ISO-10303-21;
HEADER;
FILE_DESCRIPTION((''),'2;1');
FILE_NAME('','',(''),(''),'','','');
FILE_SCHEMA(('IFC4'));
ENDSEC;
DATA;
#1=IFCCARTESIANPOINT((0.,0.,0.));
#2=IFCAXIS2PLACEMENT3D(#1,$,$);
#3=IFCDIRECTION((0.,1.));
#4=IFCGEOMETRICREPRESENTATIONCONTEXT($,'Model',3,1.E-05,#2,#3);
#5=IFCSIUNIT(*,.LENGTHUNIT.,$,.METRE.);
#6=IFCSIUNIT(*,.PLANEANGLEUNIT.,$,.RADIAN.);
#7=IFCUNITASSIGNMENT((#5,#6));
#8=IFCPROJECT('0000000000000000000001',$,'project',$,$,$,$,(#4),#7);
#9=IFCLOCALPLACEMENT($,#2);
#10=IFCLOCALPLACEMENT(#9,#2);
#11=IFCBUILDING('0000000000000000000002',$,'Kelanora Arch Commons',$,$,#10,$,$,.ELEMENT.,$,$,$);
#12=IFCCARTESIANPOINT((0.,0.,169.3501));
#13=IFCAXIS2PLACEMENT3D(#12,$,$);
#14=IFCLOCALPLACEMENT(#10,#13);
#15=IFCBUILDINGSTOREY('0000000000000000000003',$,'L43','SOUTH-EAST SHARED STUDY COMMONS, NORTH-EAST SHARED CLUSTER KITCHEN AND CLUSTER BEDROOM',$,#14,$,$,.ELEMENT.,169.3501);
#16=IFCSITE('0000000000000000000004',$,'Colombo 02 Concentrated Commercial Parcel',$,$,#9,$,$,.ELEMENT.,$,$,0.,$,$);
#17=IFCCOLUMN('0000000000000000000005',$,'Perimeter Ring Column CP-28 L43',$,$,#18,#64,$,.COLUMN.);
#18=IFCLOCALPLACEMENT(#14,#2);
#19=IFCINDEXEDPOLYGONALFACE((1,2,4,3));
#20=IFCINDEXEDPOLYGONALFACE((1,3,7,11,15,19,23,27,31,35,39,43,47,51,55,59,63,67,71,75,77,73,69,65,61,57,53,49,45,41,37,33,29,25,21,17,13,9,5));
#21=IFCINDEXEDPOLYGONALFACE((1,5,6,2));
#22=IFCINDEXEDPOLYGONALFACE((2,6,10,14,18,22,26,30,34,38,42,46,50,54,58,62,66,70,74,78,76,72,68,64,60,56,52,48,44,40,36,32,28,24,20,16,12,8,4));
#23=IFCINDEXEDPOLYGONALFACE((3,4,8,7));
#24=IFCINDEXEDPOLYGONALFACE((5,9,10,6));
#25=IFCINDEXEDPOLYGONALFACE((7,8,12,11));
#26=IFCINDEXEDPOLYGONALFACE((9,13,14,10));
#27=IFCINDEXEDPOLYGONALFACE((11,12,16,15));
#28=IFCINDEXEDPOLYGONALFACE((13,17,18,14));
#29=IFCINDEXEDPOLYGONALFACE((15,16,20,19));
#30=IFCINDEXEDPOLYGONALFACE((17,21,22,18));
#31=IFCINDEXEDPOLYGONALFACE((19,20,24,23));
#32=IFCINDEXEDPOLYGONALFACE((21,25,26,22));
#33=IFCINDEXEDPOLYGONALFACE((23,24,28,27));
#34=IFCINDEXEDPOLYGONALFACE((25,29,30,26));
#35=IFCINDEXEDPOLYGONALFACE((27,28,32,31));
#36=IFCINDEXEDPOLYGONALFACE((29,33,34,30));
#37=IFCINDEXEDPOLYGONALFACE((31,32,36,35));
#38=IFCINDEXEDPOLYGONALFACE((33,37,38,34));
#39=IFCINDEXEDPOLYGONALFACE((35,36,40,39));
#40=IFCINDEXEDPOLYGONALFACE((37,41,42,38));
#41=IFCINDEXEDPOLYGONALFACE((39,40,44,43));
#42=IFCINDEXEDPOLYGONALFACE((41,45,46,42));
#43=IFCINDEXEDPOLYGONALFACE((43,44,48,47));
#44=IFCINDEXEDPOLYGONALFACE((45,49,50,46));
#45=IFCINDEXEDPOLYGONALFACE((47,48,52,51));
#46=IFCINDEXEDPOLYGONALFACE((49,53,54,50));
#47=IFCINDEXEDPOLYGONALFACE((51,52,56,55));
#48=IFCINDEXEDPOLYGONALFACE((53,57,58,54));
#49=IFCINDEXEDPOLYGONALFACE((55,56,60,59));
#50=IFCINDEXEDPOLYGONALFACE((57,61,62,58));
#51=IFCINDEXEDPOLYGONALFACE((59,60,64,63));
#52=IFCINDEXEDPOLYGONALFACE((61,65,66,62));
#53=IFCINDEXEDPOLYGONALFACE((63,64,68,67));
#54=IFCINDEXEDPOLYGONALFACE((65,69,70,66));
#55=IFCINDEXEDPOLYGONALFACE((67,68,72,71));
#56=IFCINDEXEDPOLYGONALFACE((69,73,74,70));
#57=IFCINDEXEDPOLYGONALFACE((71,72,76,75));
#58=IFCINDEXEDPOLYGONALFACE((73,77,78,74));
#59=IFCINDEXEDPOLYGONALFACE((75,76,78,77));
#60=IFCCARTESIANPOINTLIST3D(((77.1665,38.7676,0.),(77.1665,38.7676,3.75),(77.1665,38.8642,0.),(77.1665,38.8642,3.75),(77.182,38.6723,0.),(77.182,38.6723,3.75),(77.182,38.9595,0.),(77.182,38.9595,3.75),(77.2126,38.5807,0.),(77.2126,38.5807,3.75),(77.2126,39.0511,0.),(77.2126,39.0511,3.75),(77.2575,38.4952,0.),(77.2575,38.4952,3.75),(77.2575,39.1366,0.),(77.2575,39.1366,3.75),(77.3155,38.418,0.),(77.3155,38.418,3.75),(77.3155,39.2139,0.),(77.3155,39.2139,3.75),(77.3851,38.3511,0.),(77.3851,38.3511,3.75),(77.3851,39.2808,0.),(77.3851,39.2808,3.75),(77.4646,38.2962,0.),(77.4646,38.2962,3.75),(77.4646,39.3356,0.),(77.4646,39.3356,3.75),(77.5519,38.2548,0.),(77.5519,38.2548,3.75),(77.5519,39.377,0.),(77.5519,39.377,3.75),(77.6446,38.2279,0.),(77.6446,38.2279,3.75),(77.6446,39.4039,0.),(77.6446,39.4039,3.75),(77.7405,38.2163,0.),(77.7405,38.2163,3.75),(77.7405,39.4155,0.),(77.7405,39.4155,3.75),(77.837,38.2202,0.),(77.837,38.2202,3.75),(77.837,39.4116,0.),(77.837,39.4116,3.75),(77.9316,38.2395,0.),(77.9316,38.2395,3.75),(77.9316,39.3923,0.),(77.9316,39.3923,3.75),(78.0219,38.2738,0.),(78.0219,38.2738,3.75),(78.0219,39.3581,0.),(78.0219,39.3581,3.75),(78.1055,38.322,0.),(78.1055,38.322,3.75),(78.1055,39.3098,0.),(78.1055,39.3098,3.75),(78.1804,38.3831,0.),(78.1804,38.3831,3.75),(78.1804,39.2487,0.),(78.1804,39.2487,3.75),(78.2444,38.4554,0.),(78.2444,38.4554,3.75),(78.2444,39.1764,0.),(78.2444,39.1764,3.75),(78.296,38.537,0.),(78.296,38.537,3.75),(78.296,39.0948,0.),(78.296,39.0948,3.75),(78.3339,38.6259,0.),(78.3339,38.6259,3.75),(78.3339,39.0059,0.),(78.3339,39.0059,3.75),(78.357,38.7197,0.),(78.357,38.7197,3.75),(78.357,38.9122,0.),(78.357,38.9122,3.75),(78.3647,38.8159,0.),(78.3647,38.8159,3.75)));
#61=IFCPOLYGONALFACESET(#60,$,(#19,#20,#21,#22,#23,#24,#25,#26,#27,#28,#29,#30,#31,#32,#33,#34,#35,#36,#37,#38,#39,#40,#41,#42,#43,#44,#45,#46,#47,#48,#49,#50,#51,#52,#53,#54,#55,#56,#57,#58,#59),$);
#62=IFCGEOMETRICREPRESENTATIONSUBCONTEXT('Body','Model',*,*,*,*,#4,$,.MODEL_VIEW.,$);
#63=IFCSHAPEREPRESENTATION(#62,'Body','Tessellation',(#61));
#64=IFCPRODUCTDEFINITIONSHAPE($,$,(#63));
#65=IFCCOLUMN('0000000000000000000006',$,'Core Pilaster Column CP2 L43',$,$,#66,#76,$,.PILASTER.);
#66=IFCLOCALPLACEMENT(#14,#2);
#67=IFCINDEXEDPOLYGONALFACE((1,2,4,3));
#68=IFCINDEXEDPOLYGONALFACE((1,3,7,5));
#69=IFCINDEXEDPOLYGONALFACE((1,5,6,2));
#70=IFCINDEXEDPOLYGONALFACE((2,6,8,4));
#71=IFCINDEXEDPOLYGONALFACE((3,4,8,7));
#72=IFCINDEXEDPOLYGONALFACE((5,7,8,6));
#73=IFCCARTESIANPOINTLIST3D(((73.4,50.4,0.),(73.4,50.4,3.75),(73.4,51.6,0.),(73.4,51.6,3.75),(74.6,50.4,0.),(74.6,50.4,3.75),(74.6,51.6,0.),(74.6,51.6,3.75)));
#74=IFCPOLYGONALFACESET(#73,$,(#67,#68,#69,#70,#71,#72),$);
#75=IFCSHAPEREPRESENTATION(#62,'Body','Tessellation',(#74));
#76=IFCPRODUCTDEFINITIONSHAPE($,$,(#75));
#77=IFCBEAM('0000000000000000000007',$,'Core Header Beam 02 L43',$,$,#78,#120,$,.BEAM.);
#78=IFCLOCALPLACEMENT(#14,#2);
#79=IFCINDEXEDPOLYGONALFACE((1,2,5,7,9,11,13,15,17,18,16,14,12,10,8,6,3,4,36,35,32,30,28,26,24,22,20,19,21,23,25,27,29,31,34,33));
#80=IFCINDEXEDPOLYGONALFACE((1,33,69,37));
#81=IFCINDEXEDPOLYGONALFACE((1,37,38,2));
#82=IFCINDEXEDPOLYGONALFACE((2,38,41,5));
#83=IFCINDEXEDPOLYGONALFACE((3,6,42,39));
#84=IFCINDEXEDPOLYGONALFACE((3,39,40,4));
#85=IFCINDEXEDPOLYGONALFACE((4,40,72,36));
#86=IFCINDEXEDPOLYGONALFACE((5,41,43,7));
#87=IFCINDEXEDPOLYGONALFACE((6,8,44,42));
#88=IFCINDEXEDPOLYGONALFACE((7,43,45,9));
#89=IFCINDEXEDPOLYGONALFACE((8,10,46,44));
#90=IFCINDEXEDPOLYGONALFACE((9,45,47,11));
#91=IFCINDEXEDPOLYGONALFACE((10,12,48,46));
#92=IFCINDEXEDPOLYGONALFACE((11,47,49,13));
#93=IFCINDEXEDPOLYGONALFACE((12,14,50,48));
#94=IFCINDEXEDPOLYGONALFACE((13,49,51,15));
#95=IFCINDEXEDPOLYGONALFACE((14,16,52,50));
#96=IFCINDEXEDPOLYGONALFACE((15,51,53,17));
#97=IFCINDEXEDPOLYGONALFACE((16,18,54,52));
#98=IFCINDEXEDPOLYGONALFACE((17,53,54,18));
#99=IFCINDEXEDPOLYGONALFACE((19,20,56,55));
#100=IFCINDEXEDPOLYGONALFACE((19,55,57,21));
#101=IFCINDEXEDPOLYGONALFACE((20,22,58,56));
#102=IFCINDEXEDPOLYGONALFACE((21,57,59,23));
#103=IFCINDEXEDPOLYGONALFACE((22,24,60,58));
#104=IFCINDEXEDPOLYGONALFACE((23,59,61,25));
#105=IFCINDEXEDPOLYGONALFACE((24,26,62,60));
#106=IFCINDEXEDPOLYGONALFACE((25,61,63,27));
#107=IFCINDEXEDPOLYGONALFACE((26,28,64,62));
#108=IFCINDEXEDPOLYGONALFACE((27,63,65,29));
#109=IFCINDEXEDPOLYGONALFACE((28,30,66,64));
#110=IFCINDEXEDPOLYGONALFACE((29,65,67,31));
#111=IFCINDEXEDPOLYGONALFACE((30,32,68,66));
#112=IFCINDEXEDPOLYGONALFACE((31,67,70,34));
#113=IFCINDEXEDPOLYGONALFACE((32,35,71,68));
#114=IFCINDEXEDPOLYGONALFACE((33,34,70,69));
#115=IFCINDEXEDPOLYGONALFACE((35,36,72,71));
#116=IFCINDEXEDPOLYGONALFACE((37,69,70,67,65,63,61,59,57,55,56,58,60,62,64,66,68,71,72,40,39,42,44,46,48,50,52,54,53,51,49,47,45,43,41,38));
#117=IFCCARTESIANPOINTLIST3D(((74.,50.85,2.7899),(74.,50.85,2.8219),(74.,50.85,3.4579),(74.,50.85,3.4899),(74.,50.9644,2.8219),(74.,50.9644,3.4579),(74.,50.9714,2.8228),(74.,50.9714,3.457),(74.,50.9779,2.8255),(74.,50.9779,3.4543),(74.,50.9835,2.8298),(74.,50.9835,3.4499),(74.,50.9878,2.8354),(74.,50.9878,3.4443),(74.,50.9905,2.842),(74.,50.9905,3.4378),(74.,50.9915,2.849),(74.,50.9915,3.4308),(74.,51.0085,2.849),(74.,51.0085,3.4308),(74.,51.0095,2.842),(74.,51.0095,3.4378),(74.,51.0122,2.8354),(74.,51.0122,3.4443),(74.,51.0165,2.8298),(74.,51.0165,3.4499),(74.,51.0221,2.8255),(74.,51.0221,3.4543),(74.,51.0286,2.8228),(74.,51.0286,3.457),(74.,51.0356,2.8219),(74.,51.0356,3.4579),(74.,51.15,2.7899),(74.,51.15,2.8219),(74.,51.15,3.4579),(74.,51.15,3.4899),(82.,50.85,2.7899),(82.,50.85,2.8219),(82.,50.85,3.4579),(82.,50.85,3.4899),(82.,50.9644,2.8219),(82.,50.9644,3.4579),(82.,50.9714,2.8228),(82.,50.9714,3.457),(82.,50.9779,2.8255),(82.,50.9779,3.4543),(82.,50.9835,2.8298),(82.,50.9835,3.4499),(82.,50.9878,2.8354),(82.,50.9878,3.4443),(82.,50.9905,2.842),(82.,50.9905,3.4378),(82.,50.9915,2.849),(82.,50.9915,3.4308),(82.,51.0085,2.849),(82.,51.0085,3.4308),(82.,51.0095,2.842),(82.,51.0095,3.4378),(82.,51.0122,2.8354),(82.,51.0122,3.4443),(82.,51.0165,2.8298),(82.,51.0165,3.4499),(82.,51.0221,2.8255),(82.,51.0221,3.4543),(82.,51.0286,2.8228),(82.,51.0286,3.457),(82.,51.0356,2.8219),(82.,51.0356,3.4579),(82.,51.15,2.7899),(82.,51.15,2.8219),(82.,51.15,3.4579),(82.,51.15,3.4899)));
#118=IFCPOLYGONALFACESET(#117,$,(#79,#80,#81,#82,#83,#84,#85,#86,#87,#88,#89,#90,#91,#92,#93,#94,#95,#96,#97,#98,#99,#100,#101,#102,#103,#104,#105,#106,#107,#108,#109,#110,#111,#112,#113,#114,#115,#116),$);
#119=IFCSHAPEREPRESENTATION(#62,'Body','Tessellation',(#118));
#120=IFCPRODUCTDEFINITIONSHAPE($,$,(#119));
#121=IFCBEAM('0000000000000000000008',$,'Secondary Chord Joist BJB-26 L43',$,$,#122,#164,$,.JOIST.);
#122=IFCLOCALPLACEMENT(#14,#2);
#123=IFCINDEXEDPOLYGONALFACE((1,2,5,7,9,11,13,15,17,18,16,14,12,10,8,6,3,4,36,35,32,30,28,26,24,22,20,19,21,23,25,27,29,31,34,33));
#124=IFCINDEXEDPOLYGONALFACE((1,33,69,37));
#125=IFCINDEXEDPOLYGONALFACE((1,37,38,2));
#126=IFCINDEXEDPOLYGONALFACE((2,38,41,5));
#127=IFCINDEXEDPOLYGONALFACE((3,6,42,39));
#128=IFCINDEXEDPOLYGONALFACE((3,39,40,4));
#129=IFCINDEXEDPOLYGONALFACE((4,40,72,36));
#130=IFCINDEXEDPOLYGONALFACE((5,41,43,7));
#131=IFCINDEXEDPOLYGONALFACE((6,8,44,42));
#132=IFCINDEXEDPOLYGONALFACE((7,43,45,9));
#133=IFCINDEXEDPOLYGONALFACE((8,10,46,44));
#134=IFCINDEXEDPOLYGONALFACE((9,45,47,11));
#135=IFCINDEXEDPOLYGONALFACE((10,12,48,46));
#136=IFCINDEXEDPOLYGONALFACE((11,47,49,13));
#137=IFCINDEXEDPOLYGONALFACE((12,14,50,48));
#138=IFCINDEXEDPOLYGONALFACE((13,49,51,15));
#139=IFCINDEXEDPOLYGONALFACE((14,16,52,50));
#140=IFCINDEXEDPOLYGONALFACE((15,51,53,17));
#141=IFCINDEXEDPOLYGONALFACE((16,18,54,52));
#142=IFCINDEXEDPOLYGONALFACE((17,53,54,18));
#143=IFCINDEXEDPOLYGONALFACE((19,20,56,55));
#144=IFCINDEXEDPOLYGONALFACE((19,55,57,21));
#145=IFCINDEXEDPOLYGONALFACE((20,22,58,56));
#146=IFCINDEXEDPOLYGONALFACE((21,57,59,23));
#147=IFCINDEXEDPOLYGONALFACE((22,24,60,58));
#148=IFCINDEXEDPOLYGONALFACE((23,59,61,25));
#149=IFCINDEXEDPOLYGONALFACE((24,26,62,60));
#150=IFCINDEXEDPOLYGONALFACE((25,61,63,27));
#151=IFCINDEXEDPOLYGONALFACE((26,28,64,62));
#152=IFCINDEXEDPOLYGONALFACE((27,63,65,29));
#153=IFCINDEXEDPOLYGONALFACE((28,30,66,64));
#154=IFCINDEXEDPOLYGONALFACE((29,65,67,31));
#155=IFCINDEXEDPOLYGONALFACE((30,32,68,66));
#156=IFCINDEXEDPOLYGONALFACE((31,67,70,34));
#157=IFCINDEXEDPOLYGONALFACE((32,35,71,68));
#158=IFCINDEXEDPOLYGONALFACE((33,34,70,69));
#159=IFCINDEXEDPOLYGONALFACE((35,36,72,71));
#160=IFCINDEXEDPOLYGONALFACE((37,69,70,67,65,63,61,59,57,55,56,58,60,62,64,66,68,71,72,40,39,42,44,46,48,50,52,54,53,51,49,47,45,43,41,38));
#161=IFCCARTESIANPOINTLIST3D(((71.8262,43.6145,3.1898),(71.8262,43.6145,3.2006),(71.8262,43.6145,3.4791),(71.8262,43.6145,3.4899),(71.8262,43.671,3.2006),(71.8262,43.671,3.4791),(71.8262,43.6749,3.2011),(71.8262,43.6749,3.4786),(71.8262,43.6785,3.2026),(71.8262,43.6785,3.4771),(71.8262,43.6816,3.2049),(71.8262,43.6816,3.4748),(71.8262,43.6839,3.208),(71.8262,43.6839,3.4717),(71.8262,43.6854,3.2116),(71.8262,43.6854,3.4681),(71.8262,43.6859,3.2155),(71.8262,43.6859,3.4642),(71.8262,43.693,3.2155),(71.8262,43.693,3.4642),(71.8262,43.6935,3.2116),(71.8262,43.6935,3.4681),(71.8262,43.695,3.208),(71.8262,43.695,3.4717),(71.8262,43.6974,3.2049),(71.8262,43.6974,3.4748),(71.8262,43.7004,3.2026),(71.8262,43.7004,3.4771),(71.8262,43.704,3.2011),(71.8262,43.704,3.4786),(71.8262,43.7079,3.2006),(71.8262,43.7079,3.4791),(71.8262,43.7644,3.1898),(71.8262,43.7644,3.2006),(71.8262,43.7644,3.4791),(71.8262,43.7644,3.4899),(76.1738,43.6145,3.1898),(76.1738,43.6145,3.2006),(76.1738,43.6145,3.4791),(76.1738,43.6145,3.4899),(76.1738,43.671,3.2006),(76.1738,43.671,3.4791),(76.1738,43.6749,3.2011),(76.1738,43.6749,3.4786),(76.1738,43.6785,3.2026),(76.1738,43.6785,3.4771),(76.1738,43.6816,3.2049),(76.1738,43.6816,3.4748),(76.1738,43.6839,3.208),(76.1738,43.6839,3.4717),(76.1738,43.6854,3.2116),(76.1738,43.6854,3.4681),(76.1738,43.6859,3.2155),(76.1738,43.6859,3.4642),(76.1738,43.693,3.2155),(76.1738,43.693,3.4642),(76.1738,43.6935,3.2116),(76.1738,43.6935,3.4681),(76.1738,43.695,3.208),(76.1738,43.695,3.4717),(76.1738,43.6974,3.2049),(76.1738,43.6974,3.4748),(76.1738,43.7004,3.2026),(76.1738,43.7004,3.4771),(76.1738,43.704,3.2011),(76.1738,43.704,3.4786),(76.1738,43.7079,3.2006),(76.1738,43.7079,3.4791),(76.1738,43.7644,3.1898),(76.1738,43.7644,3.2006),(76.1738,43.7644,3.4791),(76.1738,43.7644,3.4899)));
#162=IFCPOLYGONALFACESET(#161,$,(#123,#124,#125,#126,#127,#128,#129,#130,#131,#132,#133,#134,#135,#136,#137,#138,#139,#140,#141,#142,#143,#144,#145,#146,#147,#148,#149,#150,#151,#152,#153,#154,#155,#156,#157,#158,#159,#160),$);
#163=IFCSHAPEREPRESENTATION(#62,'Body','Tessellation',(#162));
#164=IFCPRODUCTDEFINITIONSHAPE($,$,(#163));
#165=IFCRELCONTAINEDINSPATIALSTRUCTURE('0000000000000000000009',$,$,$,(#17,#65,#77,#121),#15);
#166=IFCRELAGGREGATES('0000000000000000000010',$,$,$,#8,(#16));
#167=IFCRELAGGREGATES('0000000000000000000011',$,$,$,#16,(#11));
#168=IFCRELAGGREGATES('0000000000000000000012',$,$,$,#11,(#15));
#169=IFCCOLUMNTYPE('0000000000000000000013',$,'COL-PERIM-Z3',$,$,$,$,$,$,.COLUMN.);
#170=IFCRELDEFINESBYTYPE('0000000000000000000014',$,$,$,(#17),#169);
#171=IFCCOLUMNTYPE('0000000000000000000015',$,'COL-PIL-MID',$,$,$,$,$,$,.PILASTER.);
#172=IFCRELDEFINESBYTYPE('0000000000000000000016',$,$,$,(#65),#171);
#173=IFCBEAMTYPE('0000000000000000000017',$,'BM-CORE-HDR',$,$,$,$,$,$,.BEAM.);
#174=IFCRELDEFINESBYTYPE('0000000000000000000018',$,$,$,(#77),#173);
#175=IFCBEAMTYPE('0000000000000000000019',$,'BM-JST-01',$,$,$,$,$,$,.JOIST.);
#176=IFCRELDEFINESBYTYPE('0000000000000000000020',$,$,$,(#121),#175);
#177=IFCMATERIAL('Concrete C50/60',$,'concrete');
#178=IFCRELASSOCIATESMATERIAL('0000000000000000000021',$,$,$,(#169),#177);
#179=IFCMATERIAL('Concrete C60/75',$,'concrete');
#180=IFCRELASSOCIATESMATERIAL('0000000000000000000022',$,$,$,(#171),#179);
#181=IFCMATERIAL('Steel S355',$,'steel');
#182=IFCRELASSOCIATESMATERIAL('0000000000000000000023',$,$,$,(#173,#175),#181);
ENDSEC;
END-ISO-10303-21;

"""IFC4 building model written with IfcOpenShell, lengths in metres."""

from ifc_helpers import new_model, si_unit, direction, frame, origin, origin_2d, place, context, subcontext, project, spatial, rectangle, circle, i_section, extrude, material, material_profile, profile_set, type_object, element, save


model = new_model("IFC4")

# Units and contexts
model_context = context("Model", 3, precision=1e-05, world=origin(), true_north=direction((0.0, 1.0)))
body_context = subcontext(model_context, "Body", "Model", "MODEL_VIEW")
ifc_project = project(units=[si_unit("LENGTHUNIT", "METRE"), si_unit("PLANEANGLEUNIT", "RADIAN")], contexts=[model_context])

# Site, building, storey
site_placement = place(None, origin())
site = spatial("IfcSite", under=ifc_project, at=site_placement, Name="Colombo 02 Concentrated Commercial Parcel", CompositionType="ELEMENT", RefElevation=0.0)
building_placement = place(site_placement, origin())
building = spatial("IfcBuilding", under=site, at=building_placement, Name="Kelanora Arch Commons", CompositionType="ELEMENT")
storey_placement = place(building_placement, frame((0.0, 0.0, 169.3501)))
storey = spatial("IfcBuildingStorey", under=building, at=storey_placement, Name="L43", Description="SOUTH-EAST SHARED STUDY COMMONS, NORTH-EAST SHARED CLUSTER KITCHEN AND CLUSTER BEDROOM", CompositionType="ELEMENT", Elevation=169.3501)

# Columns
ifc_material_1 = material(Name="Concrete C50/60", Category="concrete")
ifc_material_profile_1 = material_profile(ifc_material_1, circle(Radius=0.6001, at=origin_2d()), Name="RCC1200")
ifc_profile_set_1 = profile_set([ifc_material_profile_1], Name="Concrete C50/60")
column_type_1 = type_object("IfcColumnType", Name="COL-PERIM-Z3", PredefinedType="COLUMN", material=ifc_profile_set_1)
column_1_placement = place(storey_placement, frame((77.7646, 38.8159, 0.0), z_axis=(0.0, 0.0, 1.0), x_axis=(1.0, 0.0, 0.0)))
element("IfcColumn", 1, at=column_1_placement, inside=storey, type_object=column_type_1, Name="Perimeter Ring Column CP-28 L43", PredefinedType="COLUMN", context=body_context, shape_type="SweptSolid", body=[
    extrude(circle(Radius=0.6001, at=origin_2d()), origin(), (0.0, 0.0, 1.0), 3.75),
])
ifc_material_2 = material(Name="Concrete C60/75", Category="concrete")
ifc_material_profile_2 = material_profile(ifc_material_2, rectangle(XDim=1.2, YDim=1.2, at=origin_2d()), Name="RC1200x1200")
ifc_profile_set_2 = profile_set([ifc_material_profile_2], Name="Concrete C60/75")
column_type_2 = type_object("IfcColumnType", Name="COL-PIL-MID", PredefinedType="PILASTER", material=ifc_profile_set_2)
column_2_placement = place(storey_placement, frame((74.0, 51.0, 0.0), z_axis=(0.0, 0.0, 1.0), x_axis=(1.0, 0.0, 0.0)))
element("IfcColumn", 2, at=column_2_placement, inside=storey, type_object=column_type_2, Name="Core Pilaster Column CP2 L43", PredefinedType="PILASTER", context=body_context, shape_type="SweptSolid", body=[
    extrude(rectangle(XDim=1.2, YDim=1.2, at=origin_2d()), origin(), (0.0, 0.0, 1.0), 3.75),
])

# Beams
ifc_material_3 = material(Name="Steel S355", Category="steel")
ifc_material_profile_3 = material_profile(ifc_material_3, i_section(OverallWidth=0.3, OverallDepth=0.7, WebThickness=0.0171, FlangeThickness=0.032, FilletRadius=0.0271, at=origin_2d()), Name="HEB700")
ifc_profile_set_3 = profile_set([ifc_material_profile_3], Name="Steel S355")
beam_type_1 = type_object("IfcBeamType", Name="BM-CORE-HDR", PredefinedType="BEAM", material=ifc_profile_set_3)
beam_1_placement = place(storey_placement, frame((74.0, 51.0, 3.1399), z_axis=(1.0, 0.0, 0.0), x_axis=(0.0, 1.0, 0.0)))
element("IfcBeam", 3, at=beam_1_placement, inside=storey, type_object=beam_type_1, Name="Core Header Beam 02 L43", PredefinedType="BEAM", context=body_context, shape_type="SweptSolid", body=[
    extrude(i_section(OverallWidth=0.3, OverallDepth=0.7, WebThickness=0.0171, FlangeThickness=0.032, FilletRadius=0.0271, at=origin_2d()), origin(), (0.0, 0.0, 1.0), 8.0),
])
ifc_material_profile_4 = material_profile(ifc_material_3, i_section(OverallWidth=0.1499, OverallDepth=0.3, WebThickness=0.0071, FlangeThickness=0.0107, FilletRadius=0.0149, at=origin_2d()), Name="IPE300")
ifc_profile_set_4 = profile_set([ifc_material_profile_4], Name="Steel S355")
beam_type_2 = type_object("IfcBeamType", Name="BM-JST-01", PredefinedType="JOIST", material=ifc_profile_set_4)
beam_2_placement = place(storey_placement, frame((71.8262, 43.6895, 3.3398), z_axis=(1.0, 0.0, 0.0), x_axis=(0.0, 1.0, 0.0)))
element("IfcBeam", 4, at=beam_2_placement, inside=storey, type_object=beam_type_2, Name="Secondary Chord Joist BJB-26 L43", PredefinedType="JOIST", context=body_context, shape_type="SweptSolid", body=[
    extrude(i_section(OverallWidth=0.1499, OverallDepth=0.3, WebThickness=0.0071, FlangeThickness=0.0107, FilletRadius=0.0149, at=origin_2d()), origin(), (0.0, 0.0, 1.0), 4.3477),
])

save(model, "model.ifc")
